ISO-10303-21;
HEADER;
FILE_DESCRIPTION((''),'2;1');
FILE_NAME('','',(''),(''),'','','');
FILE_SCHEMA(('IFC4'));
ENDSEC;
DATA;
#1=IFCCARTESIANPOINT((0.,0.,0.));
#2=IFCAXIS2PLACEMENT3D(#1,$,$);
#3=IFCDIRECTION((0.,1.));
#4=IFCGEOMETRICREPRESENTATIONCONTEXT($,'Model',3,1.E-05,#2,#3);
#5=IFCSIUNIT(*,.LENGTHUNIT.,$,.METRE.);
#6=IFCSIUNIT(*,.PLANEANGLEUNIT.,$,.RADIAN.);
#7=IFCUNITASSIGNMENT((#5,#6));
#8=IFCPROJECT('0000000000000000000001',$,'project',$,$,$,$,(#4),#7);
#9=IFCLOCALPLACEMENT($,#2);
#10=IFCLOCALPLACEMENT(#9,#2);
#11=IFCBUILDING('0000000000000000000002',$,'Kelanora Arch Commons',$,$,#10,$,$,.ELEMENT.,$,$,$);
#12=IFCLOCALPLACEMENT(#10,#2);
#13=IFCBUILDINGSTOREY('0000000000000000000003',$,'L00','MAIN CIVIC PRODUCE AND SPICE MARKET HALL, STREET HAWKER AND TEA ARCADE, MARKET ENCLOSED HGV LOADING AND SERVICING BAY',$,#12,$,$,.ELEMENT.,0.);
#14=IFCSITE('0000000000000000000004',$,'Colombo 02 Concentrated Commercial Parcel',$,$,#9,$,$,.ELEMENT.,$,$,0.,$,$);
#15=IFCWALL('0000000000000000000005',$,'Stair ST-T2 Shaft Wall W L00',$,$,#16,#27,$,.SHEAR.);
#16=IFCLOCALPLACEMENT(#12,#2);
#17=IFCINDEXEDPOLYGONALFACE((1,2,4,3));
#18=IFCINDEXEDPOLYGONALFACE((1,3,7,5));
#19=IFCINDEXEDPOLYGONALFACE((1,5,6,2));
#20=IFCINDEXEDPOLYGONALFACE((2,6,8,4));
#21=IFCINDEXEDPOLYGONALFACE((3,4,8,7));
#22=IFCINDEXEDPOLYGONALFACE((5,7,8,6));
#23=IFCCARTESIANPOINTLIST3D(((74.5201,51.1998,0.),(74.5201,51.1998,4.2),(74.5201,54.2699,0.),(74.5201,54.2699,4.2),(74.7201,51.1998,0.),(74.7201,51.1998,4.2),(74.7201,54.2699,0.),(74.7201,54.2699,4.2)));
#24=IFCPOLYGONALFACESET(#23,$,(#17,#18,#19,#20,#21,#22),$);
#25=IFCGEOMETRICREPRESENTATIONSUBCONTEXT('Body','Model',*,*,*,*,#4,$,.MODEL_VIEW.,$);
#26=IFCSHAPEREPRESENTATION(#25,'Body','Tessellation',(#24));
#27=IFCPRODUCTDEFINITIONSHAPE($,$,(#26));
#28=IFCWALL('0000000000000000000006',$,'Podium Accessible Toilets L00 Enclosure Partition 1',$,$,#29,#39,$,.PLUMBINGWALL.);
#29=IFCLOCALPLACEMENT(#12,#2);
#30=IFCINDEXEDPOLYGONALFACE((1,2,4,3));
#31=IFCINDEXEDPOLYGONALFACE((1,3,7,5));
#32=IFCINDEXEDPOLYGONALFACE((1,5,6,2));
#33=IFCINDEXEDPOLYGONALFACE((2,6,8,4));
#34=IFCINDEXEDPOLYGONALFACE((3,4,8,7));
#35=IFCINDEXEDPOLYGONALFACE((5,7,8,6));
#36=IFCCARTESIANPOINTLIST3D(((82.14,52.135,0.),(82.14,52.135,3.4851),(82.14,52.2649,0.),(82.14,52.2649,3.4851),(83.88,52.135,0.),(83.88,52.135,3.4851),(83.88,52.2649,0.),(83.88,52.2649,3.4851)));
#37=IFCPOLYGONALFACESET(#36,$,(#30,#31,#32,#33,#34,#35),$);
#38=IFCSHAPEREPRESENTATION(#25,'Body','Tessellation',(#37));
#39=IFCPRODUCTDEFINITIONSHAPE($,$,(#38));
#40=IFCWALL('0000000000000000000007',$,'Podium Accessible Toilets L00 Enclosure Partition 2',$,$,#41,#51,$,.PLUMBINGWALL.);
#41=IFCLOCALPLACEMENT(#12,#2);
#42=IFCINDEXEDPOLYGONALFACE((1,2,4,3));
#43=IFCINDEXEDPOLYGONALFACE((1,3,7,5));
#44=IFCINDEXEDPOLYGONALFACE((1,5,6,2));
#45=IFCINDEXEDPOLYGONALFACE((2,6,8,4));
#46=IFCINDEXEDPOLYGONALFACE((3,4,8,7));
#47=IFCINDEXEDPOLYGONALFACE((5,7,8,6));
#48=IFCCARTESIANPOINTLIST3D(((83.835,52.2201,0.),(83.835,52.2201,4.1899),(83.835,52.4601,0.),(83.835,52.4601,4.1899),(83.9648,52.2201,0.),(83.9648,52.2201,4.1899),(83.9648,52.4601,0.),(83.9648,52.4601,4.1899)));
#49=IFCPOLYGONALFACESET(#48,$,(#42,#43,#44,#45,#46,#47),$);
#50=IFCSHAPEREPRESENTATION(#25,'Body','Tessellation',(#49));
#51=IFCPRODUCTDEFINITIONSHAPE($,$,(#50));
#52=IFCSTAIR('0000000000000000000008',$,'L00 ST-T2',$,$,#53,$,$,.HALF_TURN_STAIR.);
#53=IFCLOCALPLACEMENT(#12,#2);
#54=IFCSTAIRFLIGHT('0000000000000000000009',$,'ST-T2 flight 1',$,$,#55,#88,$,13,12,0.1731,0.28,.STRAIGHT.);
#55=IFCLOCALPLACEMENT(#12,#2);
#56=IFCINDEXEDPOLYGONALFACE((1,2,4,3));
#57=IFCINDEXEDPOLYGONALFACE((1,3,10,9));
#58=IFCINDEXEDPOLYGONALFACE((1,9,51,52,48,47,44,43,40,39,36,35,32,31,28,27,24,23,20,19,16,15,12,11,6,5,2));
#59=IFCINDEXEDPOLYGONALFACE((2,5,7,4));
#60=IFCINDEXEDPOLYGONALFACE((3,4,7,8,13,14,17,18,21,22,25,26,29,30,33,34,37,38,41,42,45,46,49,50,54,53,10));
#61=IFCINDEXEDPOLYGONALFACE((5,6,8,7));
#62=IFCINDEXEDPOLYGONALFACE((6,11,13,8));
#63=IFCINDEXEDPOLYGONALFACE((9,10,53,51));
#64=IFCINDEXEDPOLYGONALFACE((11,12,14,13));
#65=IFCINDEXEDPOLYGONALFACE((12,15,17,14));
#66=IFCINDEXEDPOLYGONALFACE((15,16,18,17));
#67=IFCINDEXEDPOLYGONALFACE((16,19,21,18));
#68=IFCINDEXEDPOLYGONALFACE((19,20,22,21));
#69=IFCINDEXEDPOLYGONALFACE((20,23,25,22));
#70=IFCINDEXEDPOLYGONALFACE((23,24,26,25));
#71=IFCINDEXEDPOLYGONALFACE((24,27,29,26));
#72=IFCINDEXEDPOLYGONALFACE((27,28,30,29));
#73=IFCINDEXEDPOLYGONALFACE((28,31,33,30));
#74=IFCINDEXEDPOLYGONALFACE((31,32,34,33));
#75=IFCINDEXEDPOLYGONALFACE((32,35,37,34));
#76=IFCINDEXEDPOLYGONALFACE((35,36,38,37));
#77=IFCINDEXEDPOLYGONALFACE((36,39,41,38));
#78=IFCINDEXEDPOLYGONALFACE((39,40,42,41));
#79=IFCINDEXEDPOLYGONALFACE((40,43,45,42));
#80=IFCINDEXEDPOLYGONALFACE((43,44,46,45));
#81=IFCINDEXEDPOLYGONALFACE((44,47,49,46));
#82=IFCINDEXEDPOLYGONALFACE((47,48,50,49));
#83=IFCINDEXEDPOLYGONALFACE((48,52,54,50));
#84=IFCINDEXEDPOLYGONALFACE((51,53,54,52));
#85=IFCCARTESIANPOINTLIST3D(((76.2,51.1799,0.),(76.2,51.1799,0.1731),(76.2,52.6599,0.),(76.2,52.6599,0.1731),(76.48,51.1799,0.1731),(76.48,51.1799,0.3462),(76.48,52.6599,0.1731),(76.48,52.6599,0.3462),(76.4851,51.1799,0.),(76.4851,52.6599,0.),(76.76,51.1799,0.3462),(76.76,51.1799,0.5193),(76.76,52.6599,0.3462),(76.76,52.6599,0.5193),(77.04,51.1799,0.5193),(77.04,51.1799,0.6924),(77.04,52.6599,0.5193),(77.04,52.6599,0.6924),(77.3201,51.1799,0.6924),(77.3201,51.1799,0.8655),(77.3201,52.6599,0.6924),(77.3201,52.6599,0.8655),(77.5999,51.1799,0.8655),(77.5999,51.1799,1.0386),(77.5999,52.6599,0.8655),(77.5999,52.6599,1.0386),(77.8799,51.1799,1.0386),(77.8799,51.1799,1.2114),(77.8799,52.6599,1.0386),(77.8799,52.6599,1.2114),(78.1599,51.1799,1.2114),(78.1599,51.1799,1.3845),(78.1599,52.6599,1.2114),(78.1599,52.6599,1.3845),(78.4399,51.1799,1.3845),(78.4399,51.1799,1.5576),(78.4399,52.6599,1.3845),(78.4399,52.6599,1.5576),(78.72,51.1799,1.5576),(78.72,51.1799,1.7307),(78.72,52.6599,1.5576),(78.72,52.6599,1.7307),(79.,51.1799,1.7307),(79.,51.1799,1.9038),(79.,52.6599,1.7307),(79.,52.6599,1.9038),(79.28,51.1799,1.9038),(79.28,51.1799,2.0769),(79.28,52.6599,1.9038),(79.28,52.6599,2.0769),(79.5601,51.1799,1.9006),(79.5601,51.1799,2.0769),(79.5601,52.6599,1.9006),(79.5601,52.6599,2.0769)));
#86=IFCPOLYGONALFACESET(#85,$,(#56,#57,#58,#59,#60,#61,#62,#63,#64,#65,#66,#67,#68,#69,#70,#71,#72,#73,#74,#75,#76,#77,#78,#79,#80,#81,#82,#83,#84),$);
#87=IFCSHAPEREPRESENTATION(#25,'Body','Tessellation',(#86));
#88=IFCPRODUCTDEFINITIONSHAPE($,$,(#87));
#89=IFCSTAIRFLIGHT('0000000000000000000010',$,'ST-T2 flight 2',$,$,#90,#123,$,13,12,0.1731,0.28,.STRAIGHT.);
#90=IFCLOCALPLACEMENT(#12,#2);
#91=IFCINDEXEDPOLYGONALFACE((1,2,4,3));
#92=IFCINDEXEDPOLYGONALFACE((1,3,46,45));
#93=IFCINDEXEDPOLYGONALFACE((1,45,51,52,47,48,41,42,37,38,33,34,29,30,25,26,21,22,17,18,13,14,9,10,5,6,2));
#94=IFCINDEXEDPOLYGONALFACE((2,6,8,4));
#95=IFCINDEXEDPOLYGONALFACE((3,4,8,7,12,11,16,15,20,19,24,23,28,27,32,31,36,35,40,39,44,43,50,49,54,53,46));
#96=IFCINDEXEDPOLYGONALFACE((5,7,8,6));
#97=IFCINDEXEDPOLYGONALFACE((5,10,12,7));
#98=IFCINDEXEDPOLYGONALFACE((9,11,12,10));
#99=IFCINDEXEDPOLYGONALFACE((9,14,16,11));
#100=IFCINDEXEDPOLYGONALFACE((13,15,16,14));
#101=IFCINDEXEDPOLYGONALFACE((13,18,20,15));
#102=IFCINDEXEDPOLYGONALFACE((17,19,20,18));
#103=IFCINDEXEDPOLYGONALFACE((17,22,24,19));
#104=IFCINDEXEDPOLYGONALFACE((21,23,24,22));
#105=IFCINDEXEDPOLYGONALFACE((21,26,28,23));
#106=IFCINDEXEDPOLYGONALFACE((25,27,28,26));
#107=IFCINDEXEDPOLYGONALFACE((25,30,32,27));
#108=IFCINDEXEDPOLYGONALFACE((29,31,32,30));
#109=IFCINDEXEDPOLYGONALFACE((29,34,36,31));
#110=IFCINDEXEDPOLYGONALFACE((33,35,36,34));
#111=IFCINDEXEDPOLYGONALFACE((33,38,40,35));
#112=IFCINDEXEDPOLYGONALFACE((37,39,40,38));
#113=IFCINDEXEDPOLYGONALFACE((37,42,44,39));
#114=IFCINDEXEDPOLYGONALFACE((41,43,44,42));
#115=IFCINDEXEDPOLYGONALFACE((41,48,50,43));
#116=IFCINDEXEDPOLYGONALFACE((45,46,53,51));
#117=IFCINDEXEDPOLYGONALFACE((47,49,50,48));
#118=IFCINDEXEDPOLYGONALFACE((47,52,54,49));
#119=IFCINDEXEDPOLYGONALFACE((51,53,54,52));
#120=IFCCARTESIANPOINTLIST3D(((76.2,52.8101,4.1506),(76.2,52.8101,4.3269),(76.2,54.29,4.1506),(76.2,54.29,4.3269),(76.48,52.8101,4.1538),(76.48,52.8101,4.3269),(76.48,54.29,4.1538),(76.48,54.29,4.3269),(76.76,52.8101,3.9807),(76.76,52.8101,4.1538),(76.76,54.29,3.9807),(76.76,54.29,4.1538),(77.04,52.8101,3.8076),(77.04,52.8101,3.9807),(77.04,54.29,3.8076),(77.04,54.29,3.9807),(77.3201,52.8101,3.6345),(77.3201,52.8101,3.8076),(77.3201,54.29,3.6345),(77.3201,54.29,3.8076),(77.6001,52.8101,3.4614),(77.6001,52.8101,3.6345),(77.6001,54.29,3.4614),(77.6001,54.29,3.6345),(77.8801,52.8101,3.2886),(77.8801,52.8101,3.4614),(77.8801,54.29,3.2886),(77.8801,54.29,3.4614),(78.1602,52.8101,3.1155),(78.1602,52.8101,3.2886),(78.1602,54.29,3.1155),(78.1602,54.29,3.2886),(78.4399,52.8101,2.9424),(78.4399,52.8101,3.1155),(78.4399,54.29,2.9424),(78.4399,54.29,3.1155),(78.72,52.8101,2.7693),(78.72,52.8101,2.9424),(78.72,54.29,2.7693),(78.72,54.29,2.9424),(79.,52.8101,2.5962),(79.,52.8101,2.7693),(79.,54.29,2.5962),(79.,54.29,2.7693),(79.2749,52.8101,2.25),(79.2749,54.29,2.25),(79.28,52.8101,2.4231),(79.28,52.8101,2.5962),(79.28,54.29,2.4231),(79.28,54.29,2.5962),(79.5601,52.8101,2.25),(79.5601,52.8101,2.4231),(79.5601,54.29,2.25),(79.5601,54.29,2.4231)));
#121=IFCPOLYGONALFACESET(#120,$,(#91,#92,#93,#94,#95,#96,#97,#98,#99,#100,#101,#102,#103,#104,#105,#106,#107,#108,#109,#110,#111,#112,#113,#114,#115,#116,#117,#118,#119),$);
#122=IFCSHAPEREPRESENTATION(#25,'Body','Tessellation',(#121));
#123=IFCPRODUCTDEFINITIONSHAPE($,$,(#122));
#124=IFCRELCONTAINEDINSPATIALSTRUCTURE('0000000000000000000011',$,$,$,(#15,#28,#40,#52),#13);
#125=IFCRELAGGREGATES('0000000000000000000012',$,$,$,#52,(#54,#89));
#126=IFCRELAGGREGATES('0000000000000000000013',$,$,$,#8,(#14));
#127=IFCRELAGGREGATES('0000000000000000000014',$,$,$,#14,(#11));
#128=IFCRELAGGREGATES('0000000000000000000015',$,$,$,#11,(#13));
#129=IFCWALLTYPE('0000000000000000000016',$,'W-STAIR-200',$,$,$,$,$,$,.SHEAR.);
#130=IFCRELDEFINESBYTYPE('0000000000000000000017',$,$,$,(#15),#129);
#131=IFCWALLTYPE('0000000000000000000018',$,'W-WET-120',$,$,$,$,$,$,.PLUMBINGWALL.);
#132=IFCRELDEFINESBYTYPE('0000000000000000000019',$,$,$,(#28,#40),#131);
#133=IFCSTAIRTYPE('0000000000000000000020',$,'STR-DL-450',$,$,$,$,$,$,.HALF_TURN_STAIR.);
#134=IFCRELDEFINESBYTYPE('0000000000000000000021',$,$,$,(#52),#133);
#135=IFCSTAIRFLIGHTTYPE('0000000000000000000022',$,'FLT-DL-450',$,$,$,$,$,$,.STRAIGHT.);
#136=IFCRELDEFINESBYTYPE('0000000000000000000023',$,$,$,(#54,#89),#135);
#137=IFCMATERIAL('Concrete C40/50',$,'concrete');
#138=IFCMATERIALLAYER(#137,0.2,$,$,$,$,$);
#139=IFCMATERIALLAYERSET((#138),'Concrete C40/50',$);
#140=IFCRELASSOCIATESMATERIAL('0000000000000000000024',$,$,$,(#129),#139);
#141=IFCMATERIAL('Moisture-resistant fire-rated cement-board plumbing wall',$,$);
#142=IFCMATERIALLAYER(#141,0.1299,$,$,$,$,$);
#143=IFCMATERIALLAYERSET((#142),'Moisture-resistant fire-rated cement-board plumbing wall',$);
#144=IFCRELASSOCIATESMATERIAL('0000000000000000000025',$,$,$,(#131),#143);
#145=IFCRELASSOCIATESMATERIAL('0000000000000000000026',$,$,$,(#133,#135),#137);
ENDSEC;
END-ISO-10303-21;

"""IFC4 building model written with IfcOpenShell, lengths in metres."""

from ifc_helpers import new_model, si_unit, direction, frame, frame_2d, origin, place, context, subcontext, project, spatial, polyline, rectangle, outline, extrude, material, layer, layer_set, type_object, element, aggregate, save


model = new_model("IFC4")

# Units and contexts
model_context = context("Model", 3, precision=1e-05, world=origin(), true_north=direction((0.0, 1.0)))
body_context = subcontext(model_context, "Body", "Model", "MODEL_VIEW")
ifc_project = project(units=[si_unit("LENGTHUNIT", "METRE"), si_unit("PLANEANGLEUNIT", "RADIAN")], contexts=[model_context])

# Site, building, storey
site_placement = place(None, origin())
site = spatial("IfcSite", under=ifc_project, at=site_placement, Name="Colombo 02 Concentrated Commercial Parcel", CompositionType="ELEMENT", RefElevation=0.0)
building_placement = place(site_placement, origin())
building = spatial("IfcBuilding", under=site, at=building_placement, Name="Kelanora Arch Commons", CompositionType="ELEMENT")
storey_placement = place(building_placement, origin())
storey = spatial("IfcBuildingStorey", under=building, at=storey_placement, Name="L00", Description="MAIN CIVIC PRODUCE AND SPICE MARKET HALL, STREET HAWKER AND TEA ARCADE, MARKET ENCLOSED HGV LOADING AND SERVICING BAY", CompositionType="ELEMENT", Elevation=0.0)

# Walls
ifc_material_1 = material(Name="Concrete C40/50", Category="concrete")
ifc_layer_1 = layer(ifc_material_1, 0.2)
ifc_layer_set_1 = layer_set([ifc_layer_1], Name="Concrete C40/50")
wall_type_1 = type_object("IfcWallType", Name="W-STAIR-200", PredefinedType="SHEAR", material=ifc_layer_set_1)
wall_1_placement = place(storey_placement, frame((74.6201, 54.27, 0.0), z_axis=(0.0, 0.0, 1.0), x_axis=(0.0, -1.0, 0.0)))
element("IfcWall", 1, at=wall_1_placement, inside=storey, type_object=wall_type_1, Name="Stair ST-T2 Shaft Wall W L00", PredefinedType="SHEAR", context=body_context, shape_type="SweptSolid", body=[
    extrude(rectangle(XDim=3.0701, YDim=0.2, at=frame_2d((1.5352, 0.0))), origin(), (0.0, 0.0, 1.0), 4.2),
])
ifc_material_2 = material(Name="Moisture-resistant fire-rated cement-board plumbing wall")
ifc_layer_2 = layer(ifc_material_2, 0.1299)
ifc_layer_set_2 = layer_set([ifc_layer_2], Name="Moisture-resistant fire-rated cement-board plumbing wall")
wall_type_2 = type_object("IfcWallType", Name="W-WET-120", PredefinedType="PLUMBINGWALL", material=ifc_layer_set_2)
wall_2_placement = place(storey_placement, frame((82.1399, 52.2, 0.0), z_axis=(0.0, 0.0, 1.0), x_axis=(1.0, 0.0, 0.0)))
element("IfcWall", 2, at=wall_2_placement, inside=storey, type_object=wall_type_2, Name="Podium Accessible Toilets L00 Enclosure Partition 1", PredefinedType="PLUMBINGWALL", context=body_context, shape_type="SweptSolid", body=[
    extrude(rectangle(XDim=1.74, YDim=0.1299, at=frame_2d((0.8701, 0.0))), origin(), (0.0, 0.0, 1.0), 3.4851),
])
wall_3_placement = place(storey_placement, frame((83.8999, 52.22, 0.0), z_axis=(0.0, 0.0, 1.0), x_axis=(0.0, 1.0, 0.0)))
element("IfcWall", 3, at=wall_3_placement, inside=storey, type_object=wall_type_2, Name="Podium Accessible Toilets L00 Enclosure Partition 2", PredefinedType="PLUMBINGWALL", context=body_context, shape_type="SweptSolid", body=[
    extrude(rectangle(XDim=0.24, YDim=0.1299, at=frame_2d((0.1201, 0.0))), origin(), (0.0, 0.0, 1.0), 4.1899),
])

# Stair, stair flights
stair_type = type_object("IfcStairType", Name="STR-DL-450", PredefinedType="HALF_TURN_STAIR", material=ifc_material_1)
stair_placement = place(storey_placement, origin())
stair = element("IfcStair", 4, at=stair_placement, inside=storey, type_object=stair_type, Name="L00 ST-T2", PredefinedType="HALF_TURN_STAIR")
stair_flight_type = type_object("IfcStairFlightType", Name="FLT-DL-450", PredefinedType="STRAIGHT", material=ifc_material_1)
stair_flight_1_placement = place(storey_placement, frame((76.2, 51.9199, 0.0), z_axis=(0.0, 0.0, 1.0), x_axis=(1.0, 0.0, 0.0)))
stair_flight_1 = element("IfcStairFlight", 5, at=stair_flight_1_placement, type_object=stair_flight_type, Name="ST-T2 flight 1", NumberOfRisers=13, NumberOfTreads=12, PredefinedType="STRAIGHT", RiserHeight=0.1731, TreadLength=0.28, context=body_context, shape_type="SweptSolid", body=[
    extrude(outline(polyline([(0.0, 0.0), (0.0, 0.1731), (0.28, 0.1731), (0.28, 0.3462), (0.5601, 0.3462), (0.5601, 0.5193), (0.8401, 0.5193), (0.8401, 0.6924), (1.1201, 0.6924), (1.1201, 0.8655), (1.3999, 0.8655), (1.3999, 1.0386), (1.6799, 1.0386), (1.6799, 1.2114), (1.96, 1.2114), (1.96, 1.3845), (2.24, 1.3845), (2.24, 1.5576), (2.52, 1.5576), (2.52, 1.7307), (2.8, 1.7307), (2.8, 1.9038), (3.0801, 1.9038), (3.0801, 2.0769), (3.3601, 2.0769), (3.3601, 2.25), (3.3601, 1.9006), (0.2852, 0.0), (0.0, 0.0)])), frame((0.0, 0.74, 0.0), z_axis=(0.0, -1.0, 0.0), x_axis=(1.0, 0.0, 0.0)), (0.0, 0.0, 1.0), 1.48),
])
stair_flight_2_placement = place(storey_placement, frame((79.5601, 53.55, 2.25), z_axis=(0.0, 0.0, 1.0), x_axis=(-1.0, 0.0, 0.0)))
stair_flight_2 = element("IfcStairFlight", 6, at=stair_flight_2_placement, type_object=stair_flight_type, Name="ST-T2 flight 2", NumberOfRisers=13, NumberOfTreads=12, PredefinedType="STRAIGHT", RiserHeight=0.1731, TreadLength=0.28, context=body_context, shape_type="SweptSolid", body=[
    extrude(outline(polyline([(0.0, 0.0), (0.0, 0.1731), (0.28, 0.1731), (0.28, 0.3462), (0.5601, 0.3462), (0.5601, 0.5193), (0.8401, 0.5193), (0.8401, 0.6924), (1.1201, 0.6924), (1.1201, 0.8655), (1.3999, 0.8655), (1.3999, 1.0386), (1.6799, 1.0386), (1.6799, 1.2114), (1.96, 1.2114), (1.96, 1.3845), (2.24, 1.3845), (2.24, 1.5576), (2.52, 1.5576), (2.52, 1.7307), (2.8, 1.7307), (2.8, 1.9038), (3.0801, 1.9038), (3.0801, 2.0769), (3.3601, 2.0769), (3.3601, 2.25), (3.3601, 1.9006), (0.2852, 0.0), (0.0, 0.0)])), frame((0.0, 0.74, 0.0), z_axis=(0.0, -1.0, 0.0), x_axis=(1.0, 0.0, 0.0)), (0.0, 0.0, 1.0), 1.48),
])
aggregate(stair, [stair_flight_1, stair_flight_2])

save(model, "model.ifc")
